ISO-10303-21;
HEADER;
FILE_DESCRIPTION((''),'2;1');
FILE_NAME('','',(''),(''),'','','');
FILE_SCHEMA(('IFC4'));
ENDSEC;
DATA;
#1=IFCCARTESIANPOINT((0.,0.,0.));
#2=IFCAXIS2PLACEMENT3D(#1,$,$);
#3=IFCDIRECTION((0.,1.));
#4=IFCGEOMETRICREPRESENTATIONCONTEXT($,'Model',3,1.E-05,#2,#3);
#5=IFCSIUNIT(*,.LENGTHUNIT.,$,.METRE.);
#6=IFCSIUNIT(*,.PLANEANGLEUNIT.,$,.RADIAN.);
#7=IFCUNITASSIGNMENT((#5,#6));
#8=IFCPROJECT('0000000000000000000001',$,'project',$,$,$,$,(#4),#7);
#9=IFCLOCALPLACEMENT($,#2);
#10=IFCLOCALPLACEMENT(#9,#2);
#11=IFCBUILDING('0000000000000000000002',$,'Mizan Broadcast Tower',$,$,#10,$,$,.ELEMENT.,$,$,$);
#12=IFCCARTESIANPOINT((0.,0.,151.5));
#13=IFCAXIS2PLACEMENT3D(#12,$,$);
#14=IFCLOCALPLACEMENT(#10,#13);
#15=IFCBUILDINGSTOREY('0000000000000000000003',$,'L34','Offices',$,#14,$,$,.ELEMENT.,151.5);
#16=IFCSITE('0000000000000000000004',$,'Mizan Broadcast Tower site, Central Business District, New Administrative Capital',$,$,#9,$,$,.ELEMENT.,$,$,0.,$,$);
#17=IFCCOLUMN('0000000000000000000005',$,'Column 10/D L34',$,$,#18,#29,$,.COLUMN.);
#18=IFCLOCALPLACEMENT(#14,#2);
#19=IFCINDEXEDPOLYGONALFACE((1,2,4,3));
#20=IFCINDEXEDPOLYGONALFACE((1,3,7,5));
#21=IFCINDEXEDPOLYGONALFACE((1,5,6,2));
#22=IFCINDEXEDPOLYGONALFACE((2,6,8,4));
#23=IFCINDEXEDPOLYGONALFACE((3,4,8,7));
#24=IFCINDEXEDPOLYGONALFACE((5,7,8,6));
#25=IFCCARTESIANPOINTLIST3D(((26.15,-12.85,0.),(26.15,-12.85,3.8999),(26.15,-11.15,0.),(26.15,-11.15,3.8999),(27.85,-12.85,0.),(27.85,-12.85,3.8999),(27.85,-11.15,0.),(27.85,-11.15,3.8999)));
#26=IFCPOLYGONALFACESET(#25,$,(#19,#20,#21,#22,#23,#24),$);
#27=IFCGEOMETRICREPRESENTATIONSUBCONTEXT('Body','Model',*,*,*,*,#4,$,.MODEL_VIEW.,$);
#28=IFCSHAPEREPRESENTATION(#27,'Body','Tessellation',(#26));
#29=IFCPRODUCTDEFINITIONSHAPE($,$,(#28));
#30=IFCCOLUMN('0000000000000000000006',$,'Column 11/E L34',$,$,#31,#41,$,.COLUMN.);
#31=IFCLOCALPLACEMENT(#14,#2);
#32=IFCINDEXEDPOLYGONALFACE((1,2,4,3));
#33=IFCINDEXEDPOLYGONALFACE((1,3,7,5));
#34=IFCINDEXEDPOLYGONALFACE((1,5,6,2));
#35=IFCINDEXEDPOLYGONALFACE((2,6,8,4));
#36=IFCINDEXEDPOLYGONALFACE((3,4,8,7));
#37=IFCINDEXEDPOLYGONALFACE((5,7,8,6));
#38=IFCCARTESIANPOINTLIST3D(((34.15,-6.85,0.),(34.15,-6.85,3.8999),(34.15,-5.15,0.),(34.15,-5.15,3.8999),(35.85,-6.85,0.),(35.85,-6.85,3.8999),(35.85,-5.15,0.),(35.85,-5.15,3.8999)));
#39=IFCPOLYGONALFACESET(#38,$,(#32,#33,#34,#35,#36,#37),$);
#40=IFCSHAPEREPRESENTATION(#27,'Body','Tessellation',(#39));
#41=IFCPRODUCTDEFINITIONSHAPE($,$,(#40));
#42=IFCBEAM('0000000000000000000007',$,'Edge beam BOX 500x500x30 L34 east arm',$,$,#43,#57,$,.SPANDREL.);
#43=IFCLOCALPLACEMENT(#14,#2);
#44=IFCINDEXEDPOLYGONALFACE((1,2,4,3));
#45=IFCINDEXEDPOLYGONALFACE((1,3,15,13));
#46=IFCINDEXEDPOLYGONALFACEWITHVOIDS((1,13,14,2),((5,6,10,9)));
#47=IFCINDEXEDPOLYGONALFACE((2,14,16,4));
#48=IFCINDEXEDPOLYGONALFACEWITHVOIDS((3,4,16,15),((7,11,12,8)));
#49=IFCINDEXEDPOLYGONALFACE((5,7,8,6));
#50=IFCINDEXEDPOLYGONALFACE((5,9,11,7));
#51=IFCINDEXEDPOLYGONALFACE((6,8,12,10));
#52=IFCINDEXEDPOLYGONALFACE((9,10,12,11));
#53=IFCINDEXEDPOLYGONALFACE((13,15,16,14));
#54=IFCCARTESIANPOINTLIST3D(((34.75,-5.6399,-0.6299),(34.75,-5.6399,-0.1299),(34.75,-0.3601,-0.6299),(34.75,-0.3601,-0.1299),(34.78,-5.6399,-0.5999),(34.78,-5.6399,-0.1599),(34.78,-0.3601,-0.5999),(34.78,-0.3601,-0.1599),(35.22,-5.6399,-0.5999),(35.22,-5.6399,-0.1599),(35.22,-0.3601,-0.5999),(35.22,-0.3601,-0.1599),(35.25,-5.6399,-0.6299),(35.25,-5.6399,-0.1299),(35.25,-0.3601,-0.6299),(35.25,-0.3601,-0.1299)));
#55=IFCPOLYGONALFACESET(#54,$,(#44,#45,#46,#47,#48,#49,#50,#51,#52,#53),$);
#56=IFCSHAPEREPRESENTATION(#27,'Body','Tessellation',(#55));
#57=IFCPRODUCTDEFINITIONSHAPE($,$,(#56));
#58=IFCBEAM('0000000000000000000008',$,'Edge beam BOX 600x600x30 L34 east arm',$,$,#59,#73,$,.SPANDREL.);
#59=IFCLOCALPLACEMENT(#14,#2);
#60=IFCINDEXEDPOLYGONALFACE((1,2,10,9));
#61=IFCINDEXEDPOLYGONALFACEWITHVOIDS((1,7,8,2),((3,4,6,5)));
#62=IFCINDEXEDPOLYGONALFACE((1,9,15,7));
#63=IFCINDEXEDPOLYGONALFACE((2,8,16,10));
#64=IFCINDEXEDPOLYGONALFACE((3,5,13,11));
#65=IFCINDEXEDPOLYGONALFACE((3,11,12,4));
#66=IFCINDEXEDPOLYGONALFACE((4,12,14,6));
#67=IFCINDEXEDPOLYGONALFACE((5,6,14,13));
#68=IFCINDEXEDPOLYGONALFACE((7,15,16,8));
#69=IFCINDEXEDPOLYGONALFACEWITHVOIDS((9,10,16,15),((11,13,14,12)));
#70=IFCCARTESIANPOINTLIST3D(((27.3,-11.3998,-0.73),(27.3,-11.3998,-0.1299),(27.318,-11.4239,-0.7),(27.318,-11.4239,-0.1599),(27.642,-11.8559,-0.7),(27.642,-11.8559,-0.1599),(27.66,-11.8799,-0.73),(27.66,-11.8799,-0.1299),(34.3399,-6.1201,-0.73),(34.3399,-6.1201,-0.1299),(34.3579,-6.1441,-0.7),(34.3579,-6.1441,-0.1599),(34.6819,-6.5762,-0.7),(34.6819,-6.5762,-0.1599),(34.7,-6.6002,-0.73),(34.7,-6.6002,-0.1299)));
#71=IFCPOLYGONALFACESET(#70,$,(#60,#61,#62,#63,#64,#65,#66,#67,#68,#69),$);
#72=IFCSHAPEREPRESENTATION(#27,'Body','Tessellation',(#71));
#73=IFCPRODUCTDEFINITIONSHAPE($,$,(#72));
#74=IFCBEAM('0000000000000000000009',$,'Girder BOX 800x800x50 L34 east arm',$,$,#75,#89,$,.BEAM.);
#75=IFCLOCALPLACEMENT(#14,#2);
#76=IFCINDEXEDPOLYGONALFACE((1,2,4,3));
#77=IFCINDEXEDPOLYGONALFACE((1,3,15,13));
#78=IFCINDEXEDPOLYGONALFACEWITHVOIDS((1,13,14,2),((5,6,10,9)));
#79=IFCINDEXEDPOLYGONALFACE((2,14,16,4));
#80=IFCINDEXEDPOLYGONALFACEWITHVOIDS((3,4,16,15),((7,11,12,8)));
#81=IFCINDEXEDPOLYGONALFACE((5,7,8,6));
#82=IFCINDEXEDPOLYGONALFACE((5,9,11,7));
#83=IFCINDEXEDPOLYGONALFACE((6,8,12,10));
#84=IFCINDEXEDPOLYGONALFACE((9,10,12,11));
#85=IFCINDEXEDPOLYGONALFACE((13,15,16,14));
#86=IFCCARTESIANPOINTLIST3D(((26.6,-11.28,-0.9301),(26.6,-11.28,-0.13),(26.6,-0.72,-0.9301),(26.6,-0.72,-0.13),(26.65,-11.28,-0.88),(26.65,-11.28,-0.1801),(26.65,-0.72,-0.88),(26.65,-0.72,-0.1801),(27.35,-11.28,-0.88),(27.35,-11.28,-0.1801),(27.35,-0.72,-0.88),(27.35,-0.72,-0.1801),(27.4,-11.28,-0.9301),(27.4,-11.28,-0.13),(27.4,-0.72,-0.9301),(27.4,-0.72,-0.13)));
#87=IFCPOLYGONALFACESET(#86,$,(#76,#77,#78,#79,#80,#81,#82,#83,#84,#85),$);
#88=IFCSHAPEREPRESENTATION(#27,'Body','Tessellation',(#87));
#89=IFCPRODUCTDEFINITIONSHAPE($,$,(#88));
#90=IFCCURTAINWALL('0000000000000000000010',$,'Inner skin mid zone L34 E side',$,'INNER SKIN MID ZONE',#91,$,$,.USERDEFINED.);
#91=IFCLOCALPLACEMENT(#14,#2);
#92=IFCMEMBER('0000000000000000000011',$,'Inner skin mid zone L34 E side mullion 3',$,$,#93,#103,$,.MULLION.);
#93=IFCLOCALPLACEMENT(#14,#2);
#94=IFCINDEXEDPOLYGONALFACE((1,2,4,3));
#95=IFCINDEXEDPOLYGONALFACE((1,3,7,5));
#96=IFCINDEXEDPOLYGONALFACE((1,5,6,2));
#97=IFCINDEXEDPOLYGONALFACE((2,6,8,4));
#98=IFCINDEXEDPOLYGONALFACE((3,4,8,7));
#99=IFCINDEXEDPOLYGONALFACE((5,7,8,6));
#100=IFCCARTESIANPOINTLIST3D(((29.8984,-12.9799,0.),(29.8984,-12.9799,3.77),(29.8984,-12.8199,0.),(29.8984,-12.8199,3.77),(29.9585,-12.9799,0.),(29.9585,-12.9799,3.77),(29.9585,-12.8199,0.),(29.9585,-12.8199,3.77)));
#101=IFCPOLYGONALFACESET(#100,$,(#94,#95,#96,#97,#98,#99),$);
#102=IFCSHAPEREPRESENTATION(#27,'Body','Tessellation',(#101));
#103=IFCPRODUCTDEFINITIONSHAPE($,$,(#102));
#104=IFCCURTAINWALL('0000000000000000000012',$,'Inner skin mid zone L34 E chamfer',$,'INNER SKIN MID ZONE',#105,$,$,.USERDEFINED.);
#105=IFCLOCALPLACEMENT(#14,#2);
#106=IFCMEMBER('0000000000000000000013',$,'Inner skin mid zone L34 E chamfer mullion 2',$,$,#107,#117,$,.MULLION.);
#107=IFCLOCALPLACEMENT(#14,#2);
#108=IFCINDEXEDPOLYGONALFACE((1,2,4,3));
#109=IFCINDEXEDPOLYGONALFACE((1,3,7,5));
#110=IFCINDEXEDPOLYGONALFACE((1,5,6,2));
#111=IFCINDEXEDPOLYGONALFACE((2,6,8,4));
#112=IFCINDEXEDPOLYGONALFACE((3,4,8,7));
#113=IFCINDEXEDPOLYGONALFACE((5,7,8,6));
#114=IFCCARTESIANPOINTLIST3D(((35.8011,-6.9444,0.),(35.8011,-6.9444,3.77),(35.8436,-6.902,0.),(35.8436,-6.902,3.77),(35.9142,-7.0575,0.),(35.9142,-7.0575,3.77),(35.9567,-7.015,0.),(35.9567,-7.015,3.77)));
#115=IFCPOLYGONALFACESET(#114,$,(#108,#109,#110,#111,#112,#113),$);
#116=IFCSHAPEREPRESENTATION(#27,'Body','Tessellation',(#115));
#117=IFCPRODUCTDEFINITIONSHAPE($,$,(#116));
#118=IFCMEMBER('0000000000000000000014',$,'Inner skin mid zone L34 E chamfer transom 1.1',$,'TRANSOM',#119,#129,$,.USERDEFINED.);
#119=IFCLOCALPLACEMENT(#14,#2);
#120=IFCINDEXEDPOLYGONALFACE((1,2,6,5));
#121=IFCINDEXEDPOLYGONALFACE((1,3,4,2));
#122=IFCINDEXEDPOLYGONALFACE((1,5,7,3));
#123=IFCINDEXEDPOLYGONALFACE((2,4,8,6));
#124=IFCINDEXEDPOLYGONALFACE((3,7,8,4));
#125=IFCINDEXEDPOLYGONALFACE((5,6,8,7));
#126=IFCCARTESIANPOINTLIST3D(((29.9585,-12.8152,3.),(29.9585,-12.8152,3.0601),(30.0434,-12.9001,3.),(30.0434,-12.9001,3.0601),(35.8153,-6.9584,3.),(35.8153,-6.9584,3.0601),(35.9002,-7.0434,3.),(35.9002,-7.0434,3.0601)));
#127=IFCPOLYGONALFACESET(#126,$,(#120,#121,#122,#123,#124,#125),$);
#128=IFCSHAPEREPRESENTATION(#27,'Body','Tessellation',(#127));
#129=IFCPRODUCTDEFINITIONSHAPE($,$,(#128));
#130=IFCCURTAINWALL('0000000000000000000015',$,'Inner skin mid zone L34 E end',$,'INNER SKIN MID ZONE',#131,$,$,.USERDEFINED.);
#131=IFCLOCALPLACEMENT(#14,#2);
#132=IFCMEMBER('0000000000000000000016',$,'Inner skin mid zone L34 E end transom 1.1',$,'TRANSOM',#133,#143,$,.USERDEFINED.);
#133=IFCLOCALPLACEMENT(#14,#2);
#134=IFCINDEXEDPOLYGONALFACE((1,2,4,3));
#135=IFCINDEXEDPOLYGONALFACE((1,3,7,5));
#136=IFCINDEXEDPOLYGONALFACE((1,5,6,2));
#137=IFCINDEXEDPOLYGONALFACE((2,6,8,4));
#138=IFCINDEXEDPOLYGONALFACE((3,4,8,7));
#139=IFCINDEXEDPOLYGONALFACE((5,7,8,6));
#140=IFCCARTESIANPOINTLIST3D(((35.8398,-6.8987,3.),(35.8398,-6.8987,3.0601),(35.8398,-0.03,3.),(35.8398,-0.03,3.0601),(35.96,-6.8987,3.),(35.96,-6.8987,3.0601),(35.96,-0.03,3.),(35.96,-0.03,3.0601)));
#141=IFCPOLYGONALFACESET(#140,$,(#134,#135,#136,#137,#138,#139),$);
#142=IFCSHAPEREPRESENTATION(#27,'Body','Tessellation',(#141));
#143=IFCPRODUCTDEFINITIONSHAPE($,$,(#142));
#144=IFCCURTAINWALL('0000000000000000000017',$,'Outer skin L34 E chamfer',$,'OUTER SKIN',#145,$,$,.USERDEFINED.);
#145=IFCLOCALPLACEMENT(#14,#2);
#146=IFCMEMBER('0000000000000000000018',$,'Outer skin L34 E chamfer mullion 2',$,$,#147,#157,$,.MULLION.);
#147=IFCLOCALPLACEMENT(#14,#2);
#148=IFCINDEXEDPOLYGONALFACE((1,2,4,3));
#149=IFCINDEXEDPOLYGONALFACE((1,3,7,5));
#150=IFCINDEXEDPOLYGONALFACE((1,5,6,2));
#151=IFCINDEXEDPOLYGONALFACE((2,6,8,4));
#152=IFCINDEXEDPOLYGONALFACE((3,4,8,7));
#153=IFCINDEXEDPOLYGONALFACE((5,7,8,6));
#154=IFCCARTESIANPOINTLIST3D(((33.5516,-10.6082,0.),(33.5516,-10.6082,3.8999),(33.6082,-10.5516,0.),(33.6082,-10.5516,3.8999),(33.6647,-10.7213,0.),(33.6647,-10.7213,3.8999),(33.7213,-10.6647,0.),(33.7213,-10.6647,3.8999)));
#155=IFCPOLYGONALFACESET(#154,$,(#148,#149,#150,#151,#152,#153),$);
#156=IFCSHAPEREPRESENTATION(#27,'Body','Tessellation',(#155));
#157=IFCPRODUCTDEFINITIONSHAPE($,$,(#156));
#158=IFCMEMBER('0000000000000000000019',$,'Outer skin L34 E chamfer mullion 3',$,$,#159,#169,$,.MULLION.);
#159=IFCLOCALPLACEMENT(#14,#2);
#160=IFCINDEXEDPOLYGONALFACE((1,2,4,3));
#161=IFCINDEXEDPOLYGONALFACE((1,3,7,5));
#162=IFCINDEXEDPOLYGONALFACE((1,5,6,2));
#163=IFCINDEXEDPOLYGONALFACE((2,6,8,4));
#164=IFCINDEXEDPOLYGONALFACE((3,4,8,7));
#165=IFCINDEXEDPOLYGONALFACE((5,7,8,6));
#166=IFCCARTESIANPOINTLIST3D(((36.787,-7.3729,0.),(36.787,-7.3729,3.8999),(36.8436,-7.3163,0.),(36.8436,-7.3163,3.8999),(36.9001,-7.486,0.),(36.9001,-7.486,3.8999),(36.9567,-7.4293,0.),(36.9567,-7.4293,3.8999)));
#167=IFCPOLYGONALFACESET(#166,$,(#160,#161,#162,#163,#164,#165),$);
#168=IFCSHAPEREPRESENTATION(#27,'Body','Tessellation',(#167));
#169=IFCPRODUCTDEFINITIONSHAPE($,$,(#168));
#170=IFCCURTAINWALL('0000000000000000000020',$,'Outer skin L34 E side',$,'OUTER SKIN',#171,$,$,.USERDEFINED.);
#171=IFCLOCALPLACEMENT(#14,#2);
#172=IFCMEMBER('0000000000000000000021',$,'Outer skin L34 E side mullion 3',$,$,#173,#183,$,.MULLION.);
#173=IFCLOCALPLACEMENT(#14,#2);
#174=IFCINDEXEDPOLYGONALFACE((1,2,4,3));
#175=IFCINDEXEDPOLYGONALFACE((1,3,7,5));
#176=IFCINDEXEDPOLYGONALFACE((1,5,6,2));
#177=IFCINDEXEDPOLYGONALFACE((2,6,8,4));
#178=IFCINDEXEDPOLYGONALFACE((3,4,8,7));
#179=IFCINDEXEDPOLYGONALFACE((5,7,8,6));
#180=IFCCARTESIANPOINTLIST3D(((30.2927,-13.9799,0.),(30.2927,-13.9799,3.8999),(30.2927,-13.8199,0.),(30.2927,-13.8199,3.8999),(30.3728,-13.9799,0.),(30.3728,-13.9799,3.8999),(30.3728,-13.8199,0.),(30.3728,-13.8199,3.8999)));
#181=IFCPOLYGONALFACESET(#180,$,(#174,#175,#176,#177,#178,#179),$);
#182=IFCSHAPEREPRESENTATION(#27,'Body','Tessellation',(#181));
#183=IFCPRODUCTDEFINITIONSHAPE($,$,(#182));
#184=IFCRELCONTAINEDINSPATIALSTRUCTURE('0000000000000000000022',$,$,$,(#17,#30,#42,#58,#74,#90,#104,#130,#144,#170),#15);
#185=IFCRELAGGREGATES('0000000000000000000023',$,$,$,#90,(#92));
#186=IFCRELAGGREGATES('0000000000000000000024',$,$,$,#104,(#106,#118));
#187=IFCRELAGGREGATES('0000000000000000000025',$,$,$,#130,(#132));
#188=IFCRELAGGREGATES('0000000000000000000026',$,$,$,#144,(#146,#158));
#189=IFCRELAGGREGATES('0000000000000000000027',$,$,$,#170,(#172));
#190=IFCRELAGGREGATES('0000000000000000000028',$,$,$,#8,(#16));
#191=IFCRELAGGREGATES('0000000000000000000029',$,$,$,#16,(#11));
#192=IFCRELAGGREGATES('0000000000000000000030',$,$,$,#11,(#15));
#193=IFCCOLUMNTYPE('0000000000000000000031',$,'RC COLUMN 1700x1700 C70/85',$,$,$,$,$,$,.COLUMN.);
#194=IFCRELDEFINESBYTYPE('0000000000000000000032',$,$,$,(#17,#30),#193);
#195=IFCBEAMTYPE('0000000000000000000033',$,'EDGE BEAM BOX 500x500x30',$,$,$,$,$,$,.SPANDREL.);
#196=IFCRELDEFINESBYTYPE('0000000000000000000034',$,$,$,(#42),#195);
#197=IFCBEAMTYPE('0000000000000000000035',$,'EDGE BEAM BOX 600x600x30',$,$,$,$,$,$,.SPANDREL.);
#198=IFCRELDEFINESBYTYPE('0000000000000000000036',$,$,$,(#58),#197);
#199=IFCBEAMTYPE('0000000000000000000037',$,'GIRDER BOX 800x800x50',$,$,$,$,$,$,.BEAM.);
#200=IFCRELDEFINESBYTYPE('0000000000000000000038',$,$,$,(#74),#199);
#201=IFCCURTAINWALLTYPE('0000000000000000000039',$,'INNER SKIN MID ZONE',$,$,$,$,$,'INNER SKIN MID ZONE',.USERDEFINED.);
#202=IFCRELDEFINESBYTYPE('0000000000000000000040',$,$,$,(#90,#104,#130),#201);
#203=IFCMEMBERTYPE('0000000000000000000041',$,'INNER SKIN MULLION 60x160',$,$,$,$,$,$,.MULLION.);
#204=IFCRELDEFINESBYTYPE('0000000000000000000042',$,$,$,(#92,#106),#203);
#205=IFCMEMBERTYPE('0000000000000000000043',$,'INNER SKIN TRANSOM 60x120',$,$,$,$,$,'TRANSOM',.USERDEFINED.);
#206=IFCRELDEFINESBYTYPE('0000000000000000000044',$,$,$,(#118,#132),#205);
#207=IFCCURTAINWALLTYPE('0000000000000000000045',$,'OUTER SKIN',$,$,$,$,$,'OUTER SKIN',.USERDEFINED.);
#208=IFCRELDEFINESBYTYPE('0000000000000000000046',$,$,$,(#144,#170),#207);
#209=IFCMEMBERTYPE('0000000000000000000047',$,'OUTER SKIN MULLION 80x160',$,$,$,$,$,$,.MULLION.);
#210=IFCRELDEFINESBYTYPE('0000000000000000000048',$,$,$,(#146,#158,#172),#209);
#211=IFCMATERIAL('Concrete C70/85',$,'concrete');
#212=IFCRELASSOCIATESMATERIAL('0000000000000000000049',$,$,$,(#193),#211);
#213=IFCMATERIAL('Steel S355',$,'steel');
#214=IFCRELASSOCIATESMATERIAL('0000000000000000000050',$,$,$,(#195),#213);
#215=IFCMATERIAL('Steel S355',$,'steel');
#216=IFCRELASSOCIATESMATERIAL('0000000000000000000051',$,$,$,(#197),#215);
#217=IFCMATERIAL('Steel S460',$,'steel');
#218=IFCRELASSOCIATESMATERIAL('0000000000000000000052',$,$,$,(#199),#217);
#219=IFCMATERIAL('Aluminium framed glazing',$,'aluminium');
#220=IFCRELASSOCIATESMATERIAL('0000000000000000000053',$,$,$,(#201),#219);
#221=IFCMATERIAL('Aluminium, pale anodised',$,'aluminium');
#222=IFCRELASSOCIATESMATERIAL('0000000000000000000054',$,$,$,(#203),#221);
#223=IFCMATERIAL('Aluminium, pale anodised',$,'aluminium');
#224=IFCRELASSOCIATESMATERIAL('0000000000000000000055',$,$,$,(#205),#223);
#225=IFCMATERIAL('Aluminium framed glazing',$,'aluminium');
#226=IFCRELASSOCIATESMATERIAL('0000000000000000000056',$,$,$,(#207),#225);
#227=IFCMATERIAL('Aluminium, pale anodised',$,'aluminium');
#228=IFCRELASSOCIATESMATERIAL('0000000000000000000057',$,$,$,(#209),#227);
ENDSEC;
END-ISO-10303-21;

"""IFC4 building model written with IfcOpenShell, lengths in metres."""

from ifc_helpers import new_model, si_unit, direction, frame, origin, origin_2d, place, context, subcontext, project, spatial, rectangle, hollow_rectangle, extrude, material, material_profile, profile_set, type_object, element, aggregate, save


model = new_model("IFC4")

# Units and contexts
model_context = context("Model", 3, precision=1e-05, world=origin(), true_north=direction((0.0, 1.0)))
body_context = subcontext(model_context, "Body", "Model", "MODEL_VIEW")
ifc_project = project(units=[si_unit("LENGTHUNIT", "METRE"), si_unit("PLANEANGLEUNIT", "RADIAN")], contexts=[model_context])

# Site, building, storey
site_placement = place(None, origin())
site = spatial("IfcSite", under=ifc_project, at=site_placement, Name="Mizan Broadcast Tower site, Central Business District, New Administrative Capital", CompositionType="ELEMENT", RefElevation=0.0)
building_placement = place(site_placement, origin())
building = spatial("IfcBuilding", under=site, at=building_placement, Name="Mizan Broadcast Tower", CompositionType="ELEMENT")
storey_placement = place(building_placement, frame((0.0, 0.0, 151.5)))
storey = spatial("IfcBuildingStorey", under=building, at=storey_placement, Name="L34", Description="Offices", CompositionType="ELEMENT", Elevation=151.5)

# Columns
ifc_material_1 = material(Name="Concrete C70/85", Category="concrete")
ifc_material_profile_1 = material_profile(ifc_material_1, rectangle(XDim=1.7, YDim=1.7, at=origin_2d()), Name="RC 1700x1700")
ifc_profile_set_1 = profile_set([ifc_material_profile_1], Name="Concrete C70/85")
column_type = type_object("IfcColumnType", Name="RC COLUMN 1700x1700 C70/85", PredefinedType="COLUMN", material=ifc_profile_set_1)
for number, where, z_axis, x_axis, name in (
    (1, (27.0, -12.0, 0.0), (0.0, 0.0, 1.0), (1.0, 0.0, 0.0), "Column 10/D L34"),
    (2, (35.0, -6.0, 0.0), (0.0, 0.0, 1.0), (1.0, 0.0, 0.0), "Column 11/E L34"),
):
    element("IfcColumn", number, at=place(storey_placement, frame(where, z_axis=z_axis, x_axis=x_axis)), inside=storey, type_object=column_type, Name=name, PredefinedType="COLUMN", context=body_context, shape_type="SweptSolid", body=[
        extrude(rectangle(XDim=1.7, YDim=1.7, at=origin_2d()), origin(), (0.0, 0.0, 1.0), 3.8999),
    ])

# Beams
ifc_material_2 = material(Name="Steel S355", Category="steel")
ifc_material_profile_2 = material_profile(ifc_material_2, hollow_rectangle(XDim=0.5, YDim=0.5, WallThickness=0.03, at=origin_2d()), Name="BOX 500x500x30")
ifc_profile_set_2 = profile_set([ifc_material_profile_2], Name="Steel S355")
beam_type_1 = type_object("IfcBeamType", Name="EDGE BEAM BOX 500x500x30", PredefinedType="SPANDREL", material=ifc_profile_set_2)
beam_1_placement = place(storey_placement, frame((35.0, -5.6399, -0.3799), z_axis=(0.0, 1.0, 0.0), x_axis=(-1.0, 0.0, 0.0)))
element("IfcBeam", 3, at=beam_1_placement, inside=storey, type_object=beam_type_1, Name="Edge beam BOX 500x500x30 L34 east arm", PredefinedType="SPANDREL", context=body_context, shape_type="SweptSolid", body=[
    extrude(hollow_rectangle(XDim=0.5, YDim=0.5, WallThickness=0.03, at=origin_2d()), origin(), (0.0, 0.0, 1.0), 5.2798),
])
ifc_material_3 = material(Name="Steel S355", Category="steel")
ifc_material_profile_3 = material_profile(ifc_material_3, hollow_rectangle(XDim=0.6001, YDim=0.6001, WallThickness=0.03, at=origin_2d()), Name="BOX 600x600x30")
ifc_profile_set_3 = profile_set([ifc_material_profile_3], Name="Steel S355")
beam_type_2 = type_object("IfcBeamType", Name="EDGE BEAM BOX 600x600x30", PredefinedType="SPANDREL", material=ifc_profile_set_3)
beam_2_placement = place(storey_placement, frame((27.48, -11.6399, -0.4299), z_axis=(0.800013, 0.599982, 0.0), x_axis=(-0.599982, 0.800013, 0.0)))
element("IfcBeam", 4, at=beam_2_placement, inside=storey, type_object=beam_type_2, Name="Edge beam BOX 600x600x30 L34 east arm", PredefinedType="SPANDREL", context=body_context, shape_type="SweptSolid", body=[
    extrude(hollow_rectangle(XDim=0.6001, YDim=0.6001, WallThickness=0.03, at=origin_2d()), origin(), (0.0, 0.0, 1.0), 8.7998),
])
ifc_material_4 = material(Name="Steel S460", Category="steel")
ifc_material_profile_4 = material_profile(ifc_material_4, hollow_rectangle(XDim=0.8, YDim=0.8, WallThickness=0.05, at=origin_2d()), Name="BOX 800x800x50")
ifc_profile_set_4 = profile_set([ifc_material_profile_4], Name="Steel S460")
beam_type_3 = type_object("IfcBeamType", Name="GIRDER BOX 800x800x50", PredefinedType="BEAM", material=ifc_profile_set_4)
beam_3_placement = place(storey_placement, frame((27.0, -11.28, -0.53), z_axis=(0.0, 1.0, 0.0), x_axis=(-1.0, 0.0, 0.0)))
element("IfcBeam", 5, at=beam_3_placement, inside=storey, type_object=beam_type_3, Name="Girder BOX 800x800x50 L34 east arm", PredefinedType="BEAM", context=body_context, shape_type="SweptSolid", body=[
    extrude(hollow_rectangle(XDim=0.8, YDim=0.8, WallThickness=0.05, at=origin_2d()), origin(), (0.0, 0.0, 1.0), 10.5601),
])

# Curtain wall, member
ifc_material_5 = material(Name="Aluminium framed glazing", Category="aluminium")
curtain_wall_type_1 = type_object("IfcCurtainWallType", Name="INNER SKIN MID ZONE", ElementType="INNER SKIN MID ZONE", PredefinedType="USERDEFINED", material=ifc_material_5)
curtain_wall_1_placement = place(storey_placement, origin())
curtain_wall_1 = element("IfcCurtainWall", 6, at=curtain_wall_1_placement, inside=storey, type_object=curtain_wall_type_1, Name="Inner skin mid zone L34 E side", ObjectType="INNER SKIN MID ZONE", PredefinedType="USERDEFINED")
ifc_material_6 = material(Name="Aluminium, pale anodised", Category="aluminium")
ifc_material_profile_5 = material_profile(ifc_material_6, rectangle(XDim=0.1599, YDim=0.0601, at=origin_2d()), Name="MULLION 160x60")
ifc_profile_set_5 = profile_set([ifc_material_profile_5], Name="Aluminium, pale anodised")
member_type_1 = type_object("IfcMemberType", Name="INNER SKIN MULLION 60x160", PredefinedType="MULLION", material=ifc_profile_set_5)
member_1_placement = place(storey_placement, frame((29.9285, -12.8999, 0.0), z_axis=(0.0, 0.0, 1.0), x_axis=(0.0, 1.0, 0.0)))
member_1 = element("IfcMember", 7, at=member_1_placement, type_object=member_type_1, Name="Inner skin mid zone L34 E side mullion 3", PredefinedType="MULLION", context=body_context, shape_type="SweptSolid", body=[
    extrude(rectangle(XDim=0.1599, YDim=0.0601, at=origin_2d()), origin(), (0.0, 0.0, 1.0), 3.77),
])

# Curtain wall, members
curtain_wall_2_placement = place(storey_placement, origin())
curtain_wall_2 = element("IfcCurtainWall", 8, at=curtain_wall_2_placement, inside=storey, type_object=curtain_wall_type_1, Name="Inner skin mid zone L34 E chamfer", ObjectType="INNER SKIN MID ZONE", PredefinedType="USERDEFINED")
member_2_placement = place(storey_placement, frame((35.8789, -6.9797, 0.0), z_axis=(0.0, 0.0, 1.0), x_axis=(-0.707107, 0.707107, 0.0)))
member_2 = element("IfcMember", 9, at=member_2_placement, type_object=member_type_1, Name="Inner skin mid zone L34 E chamfer mullion 2", PredefinedType="MULLION", context=body_context, shape_type="SweptSolid", body=[
    extrude(rectangle(XDim=0.1599, YDim=0.0601, at=origin_2d()), origin(), (0.0, 0.0, 1.0), 3.77),
])
ifc_material_7 = material(Name="Aluminium, pale anodised", Category="aluminium")
ifc_material_profile_6 = material_profile(ifc_material_7, rectangle(XDim=0.1201, YDim=0.0601, at=origin_2d()), Name="TRANSOM 120x60")
ifc_profile_set_6 = profile_set([ifc_material_profile_6], Name="Aluminium, pale anodised")
member_type_2 = type_object("IfcMemberType", Name="INNER SKIN TRANSOM 60x120", ElementType="TRANSOM", PredefinedType="USERDEFINED", material=ifc_profile_set_6)
member_3_placement = place(storey_placement, frame((30.001, -12.8577, 3.03), z_axis=(0.707107, 0.707107, 0.0), x_axis=(-0.707107, 0.707107, 0.0)))
member_3 = element("IfcMember", 10, at=member_3_placement, type_object=member_type_2, Name="Inner skin mid zone L34 E chamfer transom 1.1", ObjectType="TRANSOM", PredefinedType="USERDEFINED", context=body_context, shape_type="SweptSolid", body=[
    extrude(rectangle(XDim=0.1201, YDim=0.0601, at=origin_2d()), origin(), (0.0, 0.0, 1.0), 8.2827),
])

# Curtain wall, member
curtain_wall_3_placement = place(storey_placement, origin())
curtain_wall_3 = element("IfcCurtainWall", 11, at=curtain_wall_3_placement, inside=storey, type_object=curtain_wall_type_1, Name="Inner skin mid zone L34 E end", ObjectType="INNER SKIN MID ZONE", PredefinedType="USERDEFINED")
member_4_placement = place(storey_placement, frame((35.8999, -6.8987, 3.03), z_axis=(0.0, 1.0, 0.0), x_axis=(-1.0, 0.0, 0.0)))
member_4 = element("IfcMember", 12, at=member_4_placement, type_object=member_type_2, Name="Inner skin mid zone L34 E end transom 1.1", ObjectType="TRANSOM", PredefinedType="USERDEFINED", context=body_context, shape_type="SweptSolid", body=[
    extrude(rectangle(XDim=0.1201, YDim=0.0601, at=origin_2d()), origin(), (0.0, 0.0, 1.0), 6.8687),
])

# Curtain wall, members
ifc_material_8 = material(Name="Aluminium framed glazing", Category="aluminium")
curtain_wall_type_2 = type_object("IfcCurtainWallType", Name="OUTER SKIN", ElementType="OUTER SKIN", PredefinedType="USERDEFINED", material=ifc_material_8)
curtain_wall_4_placement = place(storey_placement, origin())
curtain_wall_4 = element("IfcCurtainWall", 13, at=curtain_wall_4_placement, inside=storey, type_object=curtain_wall_type_2, Name="Outer skin L34 E chamfer", ObjectType="OUTER SKIN", PredefinedType="USERDEFINED")
ifc_material_9 = material(Name="Aluminium, pale anodised", Category="aluminium")
ifc_material_profile_7 = material_profile(ifc_material_9, rectangle(XDim=0.1599, YDim=0.0801, at=origin_2d()), Name="MULLION 160x80")
ifc_profile_set_7 = profile_set([ifc_material_profile_7], Name="Aluminium, pale anodised")
member_type_3 = type_object("IfcMemberType", Name="OUTER SKIN MULLION 80x160", PredefinedType="MULLION", material=ifc_profile_set_7)
member_5_placement = place(storey_placement, frame((33.6365, -10.6365, 0.0), z_axis=(0.0, 0.0, 1.0), x_axis=(-0.707107, 0.707107, 0.0)))
member_5 = element("IfcMember", 14, at=member_5_placement, type_object=member_type_3, Name="Outer skin L34 E chamfer mullion 2", PredefinedType="MULLION", context=body_context, shape_type="SweptSolid", body=[
    extrude(rectangle(XDim=0.1599, YDim=0.0801, at=origin_2d()), origin(), (0.0, 0.0, 1.0), 3.8999),
])
member_6_placement = place(storey_placement, frame((36.8718, -7.4011, 0.0), z_axis=(0.0, 0.0, 1.0), x_axis=(-0.707107, 0.707107, 0.0)))
member_6 = element("IfcMember", 15, at=member_6_placement, type_object=member_type_3, Name="Outer skin L34 E chamfer mullion 3", PredefinedType="MULLION", context=body_context, shape_type="SweptSolid", body=[
    extrude(rectangle(XDim=0.1599, YDim=0.0801, at=origin_2d()), origin(), (0.0, 0.0, 1.0), 3.8999),
])

# Curtain wall, member
curtain_wall_5_placement = place(storey_placement, origin())
curtain_wall_5 = element("IfcCurtainWall", 16, at=curtain_wall_5_placement, inside=storey, type_object=curtain_wall_type_2, Name="Outer skin L34 E side", ObjectType="OUTER SKIN", PredefinedType="USERDEFINED")
member_7_placement = place(storey_placement, frame((30.3328, -13.8999, 0.0), z_axis=(0.0, 0.0, 1.0), x_axis=(0.0, 1.0, 0.0)))
member_7 = element("IfcMember", 17, at=member_7_placement, type_object=member_type_3, Name="Outer skin L34 E side mullion 3", PredefinedType="MULLION", context=body_context, shape_type="SweptSolid", body=[
    extrude(rectangle(XDim=0.1599, YDim=0.0801, at=origin_2d()), origin(), (0.0, 0.0, 1.0), 3.8999),
])

aggregate(curtain_wall_1, [member_1])
aggregate(curtain_wall_2, [member_2, member_3])
aggregate(curtain_wall_3, [member_4])
aggregate(curtain_wall_4, [member_5, member_6])
aggregate(curtain_wall_5, [member_7])

save(model, "model.ifc")
